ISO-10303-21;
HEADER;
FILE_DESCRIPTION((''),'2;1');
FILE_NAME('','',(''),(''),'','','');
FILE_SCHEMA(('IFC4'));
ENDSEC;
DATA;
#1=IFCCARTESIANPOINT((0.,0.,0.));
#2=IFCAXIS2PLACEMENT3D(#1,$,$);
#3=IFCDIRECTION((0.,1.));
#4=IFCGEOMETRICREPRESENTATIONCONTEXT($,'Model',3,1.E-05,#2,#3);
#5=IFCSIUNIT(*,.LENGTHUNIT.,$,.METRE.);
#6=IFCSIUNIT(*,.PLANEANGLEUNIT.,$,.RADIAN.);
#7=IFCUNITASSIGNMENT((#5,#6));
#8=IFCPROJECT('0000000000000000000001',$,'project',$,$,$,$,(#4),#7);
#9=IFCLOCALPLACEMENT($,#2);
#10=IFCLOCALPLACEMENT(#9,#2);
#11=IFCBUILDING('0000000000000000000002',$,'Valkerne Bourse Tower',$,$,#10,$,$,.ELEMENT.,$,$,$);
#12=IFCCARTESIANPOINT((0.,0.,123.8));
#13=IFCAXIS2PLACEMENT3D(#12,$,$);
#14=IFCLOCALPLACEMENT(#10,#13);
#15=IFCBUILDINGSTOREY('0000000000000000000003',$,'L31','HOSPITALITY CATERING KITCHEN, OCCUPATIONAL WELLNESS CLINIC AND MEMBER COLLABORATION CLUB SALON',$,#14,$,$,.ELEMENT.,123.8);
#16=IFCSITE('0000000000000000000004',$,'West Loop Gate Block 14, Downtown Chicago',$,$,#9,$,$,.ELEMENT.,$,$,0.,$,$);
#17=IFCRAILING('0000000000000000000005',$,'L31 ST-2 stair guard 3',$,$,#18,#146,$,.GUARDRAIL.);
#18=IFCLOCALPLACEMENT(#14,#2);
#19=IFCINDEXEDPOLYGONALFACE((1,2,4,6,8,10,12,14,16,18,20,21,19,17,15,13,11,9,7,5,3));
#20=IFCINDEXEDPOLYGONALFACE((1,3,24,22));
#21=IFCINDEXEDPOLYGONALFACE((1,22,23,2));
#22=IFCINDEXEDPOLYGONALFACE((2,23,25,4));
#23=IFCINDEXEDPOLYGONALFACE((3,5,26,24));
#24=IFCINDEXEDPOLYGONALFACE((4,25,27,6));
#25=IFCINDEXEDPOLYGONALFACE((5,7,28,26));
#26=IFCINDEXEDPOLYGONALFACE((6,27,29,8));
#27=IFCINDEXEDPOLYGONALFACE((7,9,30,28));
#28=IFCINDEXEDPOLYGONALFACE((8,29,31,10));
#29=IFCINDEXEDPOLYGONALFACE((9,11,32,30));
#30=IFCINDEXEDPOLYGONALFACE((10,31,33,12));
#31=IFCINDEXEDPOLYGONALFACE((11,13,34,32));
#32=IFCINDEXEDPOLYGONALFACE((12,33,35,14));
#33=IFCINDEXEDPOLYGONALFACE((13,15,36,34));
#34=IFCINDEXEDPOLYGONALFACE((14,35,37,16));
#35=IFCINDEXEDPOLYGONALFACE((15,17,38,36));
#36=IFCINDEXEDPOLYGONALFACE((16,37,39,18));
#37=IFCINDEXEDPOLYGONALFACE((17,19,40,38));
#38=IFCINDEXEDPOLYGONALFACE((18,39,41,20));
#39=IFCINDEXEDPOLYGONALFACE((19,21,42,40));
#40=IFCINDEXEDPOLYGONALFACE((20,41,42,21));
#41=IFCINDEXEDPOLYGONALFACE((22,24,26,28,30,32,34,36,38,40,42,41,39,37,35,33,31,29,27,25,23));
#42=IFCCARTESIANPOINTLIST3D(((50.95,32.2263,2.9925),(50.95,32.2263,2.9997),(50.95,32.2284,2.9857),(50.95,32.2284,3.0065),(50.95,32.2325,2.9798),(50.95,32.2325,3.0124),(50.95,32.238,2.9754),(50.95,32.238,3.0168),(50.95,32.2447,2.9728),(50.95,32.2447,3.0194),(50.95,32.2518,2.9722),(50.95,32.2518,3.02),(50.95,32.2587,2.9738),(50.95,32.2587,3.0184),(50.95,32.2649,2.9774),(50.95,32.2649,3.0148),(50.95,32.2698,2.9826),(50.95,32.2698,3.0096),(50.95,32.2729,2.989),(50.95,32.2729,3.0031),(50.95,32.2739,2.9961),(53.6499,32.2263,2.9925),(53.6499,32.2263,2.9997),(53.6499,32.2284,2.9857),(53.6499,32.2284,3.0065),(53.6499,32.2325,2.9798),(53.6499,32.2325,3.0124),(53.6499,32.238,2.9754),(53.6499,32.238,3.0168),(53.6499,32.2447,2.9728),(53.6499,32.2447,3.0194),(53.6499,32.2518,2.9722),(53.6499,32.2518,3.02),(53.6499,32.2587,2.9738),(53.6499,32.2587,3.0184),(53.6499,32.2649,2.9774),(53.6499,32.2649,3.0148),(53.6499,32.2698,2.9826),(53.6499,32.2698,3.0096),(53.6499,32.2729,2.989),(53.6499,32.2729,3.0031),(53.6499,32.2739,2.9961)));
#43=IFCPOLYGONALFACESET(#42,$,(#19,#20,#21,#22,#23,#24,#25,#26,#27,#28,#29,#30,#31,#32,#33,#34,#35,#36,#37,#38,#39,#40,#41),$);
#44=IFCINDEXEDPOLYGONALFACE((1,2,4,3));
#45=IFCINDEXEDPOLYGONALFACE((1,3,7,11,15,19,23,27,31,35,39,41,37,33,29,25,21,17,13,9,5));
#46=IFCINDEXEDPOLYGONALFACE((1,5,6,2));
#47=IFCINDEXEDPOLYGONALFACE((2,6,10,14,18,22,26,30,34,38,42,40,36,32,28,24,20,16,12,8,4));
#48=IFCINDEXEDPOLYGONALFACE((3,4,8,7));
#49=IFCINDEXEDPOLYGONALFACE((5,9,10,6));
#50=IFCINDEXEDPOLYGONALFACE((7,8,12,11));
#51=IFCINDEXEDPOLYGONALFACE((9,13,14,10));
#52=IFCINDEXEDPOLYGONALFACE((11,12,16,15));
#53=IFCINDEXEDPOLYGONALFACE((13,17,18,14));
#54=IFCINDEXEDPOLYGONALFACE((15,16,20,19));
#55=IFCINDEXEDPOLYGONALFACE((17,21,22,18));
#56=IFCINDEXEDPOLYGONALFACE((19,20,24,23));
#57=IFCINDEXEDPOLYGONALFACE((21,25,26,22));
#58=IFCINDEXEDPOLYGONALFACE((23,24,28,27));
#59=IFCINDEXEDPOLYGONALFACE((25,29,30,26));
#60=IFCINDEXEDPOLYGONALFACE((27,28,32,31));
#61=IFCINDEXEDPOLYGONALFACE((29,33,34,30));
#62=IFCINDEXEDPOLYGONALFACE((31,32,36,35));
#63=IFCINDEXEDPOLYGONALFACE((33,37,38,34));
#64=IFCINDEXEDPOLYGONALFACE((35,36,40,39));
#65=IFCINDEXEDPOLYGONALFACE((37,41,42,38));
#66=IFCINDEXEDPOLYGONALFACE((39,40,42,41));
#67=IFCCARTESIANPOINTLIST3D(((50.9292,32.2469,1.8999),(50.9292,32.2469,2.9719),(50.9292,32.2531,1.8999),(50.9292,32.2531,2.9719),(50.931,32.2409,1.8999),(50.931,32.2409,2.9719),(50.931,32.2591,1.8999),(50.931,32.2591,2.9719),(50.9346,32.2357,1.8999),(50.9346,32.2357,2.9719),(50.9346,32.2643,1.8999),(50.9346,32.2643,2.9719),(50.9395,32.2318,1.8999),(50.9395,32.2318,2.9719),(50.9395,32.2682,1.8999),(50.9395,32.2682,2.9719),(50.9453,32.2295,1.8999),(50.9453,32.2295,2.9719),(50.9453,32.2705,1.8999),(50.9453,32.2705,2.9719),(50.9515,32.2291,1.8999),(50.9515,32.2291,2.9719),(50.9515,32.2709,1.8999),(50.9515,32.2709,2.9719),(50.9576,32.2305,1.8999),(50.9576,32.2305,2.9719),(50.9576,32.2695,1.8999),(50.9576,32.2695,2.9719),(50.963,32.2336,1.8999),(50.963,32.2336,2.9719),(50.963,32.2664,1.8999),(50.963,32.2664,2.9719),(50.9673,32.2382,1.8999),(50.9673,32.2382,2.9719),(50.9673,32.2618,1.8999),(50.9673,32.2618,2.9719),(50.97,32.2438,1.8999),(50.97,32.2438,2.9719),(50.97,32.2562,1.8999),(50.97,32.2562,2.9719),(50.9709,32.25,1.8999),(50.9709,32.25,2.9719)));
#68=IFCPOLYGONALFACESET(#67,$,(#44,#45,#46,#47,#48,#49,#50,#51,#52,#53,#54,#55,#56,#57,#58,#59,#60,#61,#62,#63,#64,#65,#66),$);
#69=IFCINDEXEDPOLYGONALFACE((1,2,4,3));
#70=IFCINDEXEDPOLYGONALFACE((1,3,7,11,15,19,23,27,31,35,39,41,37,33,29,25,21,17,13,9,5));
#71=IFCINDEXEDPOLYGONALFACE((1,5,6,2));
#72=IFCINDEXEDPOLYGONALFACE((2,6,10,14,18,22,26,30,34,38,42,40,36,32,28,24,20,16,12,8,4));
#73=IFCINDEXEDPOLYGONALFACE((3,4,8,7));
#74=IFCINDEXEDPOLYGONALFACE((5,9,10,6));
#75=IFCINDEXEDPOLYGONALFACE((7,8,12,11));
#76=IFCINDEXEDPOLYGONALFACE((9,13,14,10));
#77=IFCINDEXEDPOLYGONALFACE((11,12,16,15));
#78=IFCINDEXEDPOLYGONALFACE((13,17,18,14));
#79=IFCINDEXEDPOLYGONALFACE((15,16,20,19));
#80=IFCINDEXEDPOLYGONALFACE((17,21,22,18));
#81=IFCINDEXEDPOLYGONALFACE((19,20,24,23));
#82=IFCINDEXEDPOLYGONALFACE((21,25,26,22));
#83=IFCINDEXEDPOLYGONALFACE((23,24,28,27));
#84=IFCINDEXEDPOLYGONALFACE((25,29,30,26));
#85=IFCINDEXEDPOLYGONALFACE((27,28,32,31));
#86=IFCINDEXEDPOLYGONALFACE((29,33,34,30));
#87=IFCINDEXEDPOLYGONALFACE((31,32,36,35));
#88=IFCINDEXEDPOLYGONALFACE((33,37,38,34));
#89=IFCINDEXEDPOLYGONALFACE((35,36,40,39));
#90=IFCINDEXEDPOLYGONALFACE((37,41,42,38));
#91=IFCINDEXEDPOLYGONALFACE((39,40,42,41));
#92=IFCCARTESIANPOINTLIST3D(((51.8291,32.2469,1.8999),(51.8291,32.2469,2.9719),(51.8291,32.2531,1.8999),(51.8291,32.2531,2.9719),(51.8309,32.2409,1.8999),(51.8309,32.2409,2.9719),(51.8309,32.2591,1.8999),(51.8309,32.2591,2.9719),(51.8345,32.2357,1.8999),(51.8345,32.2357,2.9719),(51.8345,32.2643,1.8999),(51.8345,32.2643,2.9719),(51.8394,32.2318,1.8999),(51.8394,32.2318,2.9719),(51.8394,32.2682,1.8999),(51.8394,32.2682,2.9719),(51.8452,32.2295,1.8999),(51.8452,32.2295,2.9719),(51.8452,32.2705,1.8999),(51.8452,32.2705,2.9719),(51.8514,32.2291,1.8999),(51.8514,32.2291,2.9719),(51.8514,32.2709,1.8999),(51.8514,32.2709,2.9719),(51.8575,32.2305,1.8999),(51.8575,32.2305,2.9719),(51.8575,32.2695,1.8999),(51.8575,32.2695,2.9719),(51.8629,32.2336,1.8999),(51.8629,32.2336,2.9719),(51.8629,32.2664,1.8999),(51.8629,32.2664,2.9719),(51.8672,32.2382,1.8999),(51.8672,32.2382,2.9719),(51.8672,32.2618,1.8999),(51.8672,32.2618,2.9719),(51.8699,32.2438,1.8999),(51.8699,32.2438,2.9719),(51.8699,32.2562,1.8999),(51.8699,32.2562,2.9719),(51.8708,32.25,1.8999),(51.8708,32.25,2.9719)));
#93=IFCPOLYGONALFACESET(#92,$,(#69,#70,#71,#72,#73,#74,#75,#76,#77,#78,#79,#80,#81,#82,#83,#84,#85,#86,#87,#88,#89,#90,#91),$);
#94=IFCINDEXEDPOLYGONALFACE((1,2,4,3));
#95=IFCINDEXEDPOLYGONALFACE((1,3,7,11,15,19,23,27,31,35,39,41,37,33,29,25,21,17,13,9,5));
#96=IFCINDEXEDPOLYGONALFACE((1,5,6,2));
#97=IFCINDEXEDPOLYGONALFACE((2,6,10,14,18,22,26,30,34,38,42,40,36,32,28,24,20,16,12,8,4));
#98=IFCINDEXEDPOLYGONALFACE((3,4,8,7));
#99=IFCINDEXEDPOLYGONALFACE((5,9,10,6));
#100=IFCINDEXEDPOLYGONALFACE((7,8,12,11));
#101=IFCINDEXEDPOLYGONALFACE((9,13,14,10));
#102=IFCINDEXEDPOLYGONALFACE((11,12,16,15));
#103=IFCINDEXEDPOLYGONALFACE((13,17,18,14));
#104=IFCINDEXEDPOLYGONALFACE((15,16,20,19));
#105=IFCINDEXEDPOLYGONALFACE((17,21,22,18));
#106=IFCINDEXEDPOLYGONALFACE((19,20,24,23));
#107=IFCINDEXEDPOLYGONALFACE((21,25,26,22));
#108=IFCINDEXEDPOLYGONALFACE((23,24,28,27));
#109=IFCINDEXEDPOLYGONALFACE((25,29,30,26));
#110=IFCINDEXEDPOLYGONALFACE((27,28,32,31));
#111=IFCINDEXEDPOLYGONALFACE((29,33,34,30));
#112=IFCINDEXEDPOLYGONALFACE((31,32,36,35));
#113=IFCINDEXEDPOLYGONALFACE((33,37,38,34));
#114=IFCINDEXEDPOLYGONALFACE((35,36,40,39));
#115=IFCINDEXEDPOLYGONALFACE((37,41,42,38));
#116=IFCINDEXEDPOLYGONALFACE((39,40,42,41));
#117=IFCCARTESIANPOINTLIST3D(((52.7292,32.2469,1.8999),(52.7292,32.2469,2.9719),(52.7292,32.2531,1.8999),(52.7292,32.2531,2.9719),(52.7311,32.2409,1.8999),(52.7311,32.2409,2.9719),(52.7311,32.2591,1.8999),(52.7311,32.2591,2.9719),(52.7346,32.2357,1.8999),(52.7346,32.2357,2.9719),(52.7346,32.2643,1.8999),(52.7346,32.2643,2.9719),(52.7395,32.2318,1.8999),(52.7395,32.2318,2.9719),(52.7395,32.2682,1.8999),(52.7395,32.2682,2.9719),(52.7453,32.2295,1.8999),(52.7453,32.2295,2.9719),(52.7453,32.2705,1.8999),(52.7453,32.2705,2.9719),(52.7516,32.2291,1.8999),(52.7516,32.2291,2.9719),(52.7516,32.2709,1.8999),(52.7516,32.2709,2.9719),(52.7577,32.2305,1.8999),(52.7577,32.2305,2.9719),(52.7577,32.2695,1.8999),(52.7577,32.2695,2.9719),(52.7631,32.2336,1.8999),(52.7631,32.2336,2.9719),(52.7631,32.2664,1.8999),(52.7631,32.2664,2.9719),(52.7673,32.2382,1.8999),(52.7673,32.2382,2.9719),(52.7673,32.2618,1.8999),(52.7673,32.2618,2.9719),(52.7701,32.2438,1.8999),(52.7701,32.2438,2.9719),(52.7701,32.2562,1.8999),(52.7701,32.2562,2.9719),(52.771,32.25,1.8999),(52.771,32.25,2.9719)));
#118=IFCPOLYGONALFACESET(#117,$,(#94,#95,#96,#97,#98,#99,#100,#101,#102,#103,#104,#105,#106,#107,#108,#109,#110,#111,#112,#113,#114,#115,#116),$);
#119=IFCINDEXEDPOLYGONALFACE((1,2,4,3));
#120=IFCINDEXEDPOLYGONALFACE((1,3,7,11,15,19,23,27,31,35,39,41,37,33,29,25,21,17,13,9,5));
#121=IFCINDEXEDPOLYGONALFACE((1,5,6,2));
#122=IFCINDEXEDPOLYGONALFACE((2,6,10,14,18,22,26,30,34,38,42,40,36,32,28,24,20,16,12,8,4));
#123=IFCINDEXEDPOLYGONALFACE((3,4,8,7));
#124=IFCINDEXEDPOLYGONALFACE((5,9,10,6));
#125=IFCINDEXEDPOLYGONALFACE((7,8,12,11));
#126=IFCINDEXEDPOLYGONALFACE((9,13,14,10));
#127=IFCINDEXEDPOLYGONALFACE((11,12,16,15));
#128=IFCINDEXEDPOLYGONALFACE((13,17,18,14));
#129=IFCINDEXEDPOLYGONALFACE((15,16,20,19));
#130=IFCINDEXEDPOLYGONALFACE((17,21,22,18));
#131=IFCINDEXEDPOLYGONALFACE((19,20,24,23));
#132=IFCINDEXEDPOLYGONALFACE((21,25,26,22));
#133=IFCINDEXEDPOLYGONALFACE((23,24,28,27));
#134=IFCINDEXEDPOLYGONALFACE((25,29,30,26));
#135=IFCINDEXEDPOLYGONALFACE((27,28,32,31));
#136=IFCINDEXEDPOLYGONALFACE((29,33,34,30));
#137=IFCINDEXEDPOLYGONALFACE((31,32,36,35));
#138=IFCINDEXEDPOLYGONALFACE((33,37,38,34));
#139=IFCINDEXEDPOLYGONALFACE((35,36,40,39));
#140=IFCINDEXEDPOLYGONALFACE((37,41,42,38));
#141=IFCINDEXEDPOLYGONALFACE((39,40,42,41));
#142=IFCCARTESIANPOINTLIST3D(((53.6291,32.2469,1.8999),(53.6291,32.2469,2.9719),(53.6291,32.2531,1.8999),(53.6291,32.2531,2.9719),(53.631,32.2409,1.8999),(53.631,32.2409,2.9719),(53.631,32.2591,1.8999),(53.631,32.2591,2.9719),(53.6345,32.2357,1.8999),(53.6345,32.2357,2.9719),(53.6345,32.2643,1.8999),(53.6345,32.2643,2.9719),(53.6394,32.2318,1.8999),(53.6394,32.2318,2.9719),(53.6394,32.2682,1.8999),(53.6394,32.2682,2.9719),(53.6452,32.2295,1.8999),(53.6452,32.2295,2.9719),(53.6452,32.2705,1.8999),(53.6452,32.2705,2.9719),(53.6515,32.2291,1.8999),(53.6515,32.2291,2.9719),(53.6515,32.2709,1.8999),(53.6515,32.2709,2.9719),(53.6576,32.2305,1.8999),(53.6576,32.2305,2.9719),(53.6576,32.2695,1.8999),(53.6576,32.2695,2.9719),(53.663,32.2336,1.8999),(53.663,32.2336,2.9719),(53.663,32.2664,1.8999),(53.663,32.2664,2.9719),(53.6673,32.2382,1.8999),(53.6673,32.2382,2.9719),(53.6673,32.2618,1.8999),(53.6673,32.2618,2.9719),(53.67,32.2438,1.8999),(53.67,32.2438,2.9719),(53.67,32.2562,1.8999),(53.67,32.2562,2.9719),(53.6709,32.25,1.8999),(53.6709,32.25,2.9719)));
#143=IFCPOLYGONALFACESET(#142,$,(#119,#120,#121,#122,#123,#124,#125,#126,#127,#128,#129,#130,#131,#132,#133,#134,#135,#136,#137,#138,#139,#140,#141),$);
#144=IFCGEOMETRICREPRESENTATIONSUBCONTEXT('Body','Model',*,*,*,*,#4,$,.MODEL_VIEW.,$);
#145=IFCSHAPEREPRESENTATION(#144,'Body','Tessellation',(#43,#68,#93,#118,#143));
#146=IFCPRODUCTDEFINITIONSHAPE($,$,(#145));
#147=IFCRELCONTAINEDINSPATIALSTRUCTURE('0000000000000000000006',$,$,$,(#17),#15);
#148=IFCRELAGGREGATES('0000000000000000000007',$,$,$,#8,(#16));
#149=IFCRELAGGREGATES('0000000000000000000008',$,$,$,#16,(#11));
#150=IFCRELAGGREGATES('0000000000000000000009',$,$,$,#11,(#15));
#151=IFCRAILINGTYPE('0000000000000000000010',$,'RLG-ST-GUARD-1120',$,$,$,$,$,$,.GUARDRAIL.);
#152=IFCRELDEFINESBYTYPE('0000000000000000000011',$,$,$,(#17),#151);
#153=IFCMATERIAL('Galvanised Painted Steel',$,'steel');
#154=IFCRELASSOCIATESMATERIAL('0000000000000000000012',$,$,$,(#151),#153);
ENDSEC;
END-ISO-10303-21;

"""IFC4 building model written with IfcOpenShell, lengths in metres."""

from ifc_helpers import new_model, si_unit, direction, frame, origin, origin_2d, place, context, subcontext, project, spatial, circle, extrude, material, type_object, element, save


model = new_model("IFC4")

# Units and contexts
model_context = context("Model", 3, precision=1e-05, world=origin(), true_north=direction((0.0, 1.0)))
body_context = subcontext(model_context, "Body", "Model", "MODEL_VIEW")
ifc_project = project(units=[si_unit("LENGTHUNIT", "METRE"), si_unit("PLANEANGLEUNIT", "RADIAN")], contexts=[model_context])

# Site, building, storey
site_placement = place(None, origin())
site = spatial("IfcSite", under=ifc_project, at=site_placement, Name="West Loop Gate Block 14, Downtown Chicago", CompositionType="ELEMENT", RefElevation=0.0)
building_placement = place(site_placement, origin())
building = spatial("IfcBuilding", under=site, at=building_placement, Name="Valkerne Bourse Tower", CompositionType="ELEMENT")
storey_placement = place(building_placement, frame((0.0, 0.0, 123.8)))
storey = spatial("IfcBuildingStorey", under=building, at=storey_placement, Name="L31", Description="HOSPITALITY CATERING KITCHEN, OCCUPATIONAL WELLNESS CLINIC AND MEMBER COLLABORATION CLUB SALON", CompositionType="ELEMENT", Elevation=123.8)

# Shared definitions
ifc_material_1 = material(Name="Galvanised Painted Steel", Category="steel")

# Railing
railing_type_1 = type_object("IfcRailingType", Name="RLG-ST-GUARD-1120", PredefinedType="GUARDRAIL", material=ifc_material_1)
railing_1_placement = place(storey_placement, frame((50.95, 32.25, 1.8999)))
element("IfcRailing", 1, at=railing_1_placement, inside=storey, type_object=railing_type_1, Name="L31 ST-2 stair guard 3", PredefinedType="GUARDRAIL", context=body_context, shape_type="SweptSolid", body=[
    extrude(circle(Radius=0.0239, at=origin_2d()), frame((0.0, 0.0, 1.0962), z_axis=(1.0, 0.0, 0.0), x_axis=(0.0, 1.0, 0.0)), (0.0, 0.0, 1.0), 2.7),
    extrude(circle(Radius=0.021, at=origin_2d()), origin(), (0.0, 0.0, 1.0), 1.072),
    extrude(circle(Radius=0.021, at=origin_2d()), frame((0.8999, 0.0, 0.0)), (0.0, 0.0, 1.0), 1.072),
    extrude(circle(Radius=0.021, at=origin_2d()), frame((1.8, 0.0, 0.0)), (0.0, 0.0, 1.0), 1.072),
    extrude(circle(Radius=0.021, at=origin_2d()), frame((2.7, 0.0, 0.0)), (0.0, 0.0, 1.0), 1.072),
])

save(model, "model.ifc")
